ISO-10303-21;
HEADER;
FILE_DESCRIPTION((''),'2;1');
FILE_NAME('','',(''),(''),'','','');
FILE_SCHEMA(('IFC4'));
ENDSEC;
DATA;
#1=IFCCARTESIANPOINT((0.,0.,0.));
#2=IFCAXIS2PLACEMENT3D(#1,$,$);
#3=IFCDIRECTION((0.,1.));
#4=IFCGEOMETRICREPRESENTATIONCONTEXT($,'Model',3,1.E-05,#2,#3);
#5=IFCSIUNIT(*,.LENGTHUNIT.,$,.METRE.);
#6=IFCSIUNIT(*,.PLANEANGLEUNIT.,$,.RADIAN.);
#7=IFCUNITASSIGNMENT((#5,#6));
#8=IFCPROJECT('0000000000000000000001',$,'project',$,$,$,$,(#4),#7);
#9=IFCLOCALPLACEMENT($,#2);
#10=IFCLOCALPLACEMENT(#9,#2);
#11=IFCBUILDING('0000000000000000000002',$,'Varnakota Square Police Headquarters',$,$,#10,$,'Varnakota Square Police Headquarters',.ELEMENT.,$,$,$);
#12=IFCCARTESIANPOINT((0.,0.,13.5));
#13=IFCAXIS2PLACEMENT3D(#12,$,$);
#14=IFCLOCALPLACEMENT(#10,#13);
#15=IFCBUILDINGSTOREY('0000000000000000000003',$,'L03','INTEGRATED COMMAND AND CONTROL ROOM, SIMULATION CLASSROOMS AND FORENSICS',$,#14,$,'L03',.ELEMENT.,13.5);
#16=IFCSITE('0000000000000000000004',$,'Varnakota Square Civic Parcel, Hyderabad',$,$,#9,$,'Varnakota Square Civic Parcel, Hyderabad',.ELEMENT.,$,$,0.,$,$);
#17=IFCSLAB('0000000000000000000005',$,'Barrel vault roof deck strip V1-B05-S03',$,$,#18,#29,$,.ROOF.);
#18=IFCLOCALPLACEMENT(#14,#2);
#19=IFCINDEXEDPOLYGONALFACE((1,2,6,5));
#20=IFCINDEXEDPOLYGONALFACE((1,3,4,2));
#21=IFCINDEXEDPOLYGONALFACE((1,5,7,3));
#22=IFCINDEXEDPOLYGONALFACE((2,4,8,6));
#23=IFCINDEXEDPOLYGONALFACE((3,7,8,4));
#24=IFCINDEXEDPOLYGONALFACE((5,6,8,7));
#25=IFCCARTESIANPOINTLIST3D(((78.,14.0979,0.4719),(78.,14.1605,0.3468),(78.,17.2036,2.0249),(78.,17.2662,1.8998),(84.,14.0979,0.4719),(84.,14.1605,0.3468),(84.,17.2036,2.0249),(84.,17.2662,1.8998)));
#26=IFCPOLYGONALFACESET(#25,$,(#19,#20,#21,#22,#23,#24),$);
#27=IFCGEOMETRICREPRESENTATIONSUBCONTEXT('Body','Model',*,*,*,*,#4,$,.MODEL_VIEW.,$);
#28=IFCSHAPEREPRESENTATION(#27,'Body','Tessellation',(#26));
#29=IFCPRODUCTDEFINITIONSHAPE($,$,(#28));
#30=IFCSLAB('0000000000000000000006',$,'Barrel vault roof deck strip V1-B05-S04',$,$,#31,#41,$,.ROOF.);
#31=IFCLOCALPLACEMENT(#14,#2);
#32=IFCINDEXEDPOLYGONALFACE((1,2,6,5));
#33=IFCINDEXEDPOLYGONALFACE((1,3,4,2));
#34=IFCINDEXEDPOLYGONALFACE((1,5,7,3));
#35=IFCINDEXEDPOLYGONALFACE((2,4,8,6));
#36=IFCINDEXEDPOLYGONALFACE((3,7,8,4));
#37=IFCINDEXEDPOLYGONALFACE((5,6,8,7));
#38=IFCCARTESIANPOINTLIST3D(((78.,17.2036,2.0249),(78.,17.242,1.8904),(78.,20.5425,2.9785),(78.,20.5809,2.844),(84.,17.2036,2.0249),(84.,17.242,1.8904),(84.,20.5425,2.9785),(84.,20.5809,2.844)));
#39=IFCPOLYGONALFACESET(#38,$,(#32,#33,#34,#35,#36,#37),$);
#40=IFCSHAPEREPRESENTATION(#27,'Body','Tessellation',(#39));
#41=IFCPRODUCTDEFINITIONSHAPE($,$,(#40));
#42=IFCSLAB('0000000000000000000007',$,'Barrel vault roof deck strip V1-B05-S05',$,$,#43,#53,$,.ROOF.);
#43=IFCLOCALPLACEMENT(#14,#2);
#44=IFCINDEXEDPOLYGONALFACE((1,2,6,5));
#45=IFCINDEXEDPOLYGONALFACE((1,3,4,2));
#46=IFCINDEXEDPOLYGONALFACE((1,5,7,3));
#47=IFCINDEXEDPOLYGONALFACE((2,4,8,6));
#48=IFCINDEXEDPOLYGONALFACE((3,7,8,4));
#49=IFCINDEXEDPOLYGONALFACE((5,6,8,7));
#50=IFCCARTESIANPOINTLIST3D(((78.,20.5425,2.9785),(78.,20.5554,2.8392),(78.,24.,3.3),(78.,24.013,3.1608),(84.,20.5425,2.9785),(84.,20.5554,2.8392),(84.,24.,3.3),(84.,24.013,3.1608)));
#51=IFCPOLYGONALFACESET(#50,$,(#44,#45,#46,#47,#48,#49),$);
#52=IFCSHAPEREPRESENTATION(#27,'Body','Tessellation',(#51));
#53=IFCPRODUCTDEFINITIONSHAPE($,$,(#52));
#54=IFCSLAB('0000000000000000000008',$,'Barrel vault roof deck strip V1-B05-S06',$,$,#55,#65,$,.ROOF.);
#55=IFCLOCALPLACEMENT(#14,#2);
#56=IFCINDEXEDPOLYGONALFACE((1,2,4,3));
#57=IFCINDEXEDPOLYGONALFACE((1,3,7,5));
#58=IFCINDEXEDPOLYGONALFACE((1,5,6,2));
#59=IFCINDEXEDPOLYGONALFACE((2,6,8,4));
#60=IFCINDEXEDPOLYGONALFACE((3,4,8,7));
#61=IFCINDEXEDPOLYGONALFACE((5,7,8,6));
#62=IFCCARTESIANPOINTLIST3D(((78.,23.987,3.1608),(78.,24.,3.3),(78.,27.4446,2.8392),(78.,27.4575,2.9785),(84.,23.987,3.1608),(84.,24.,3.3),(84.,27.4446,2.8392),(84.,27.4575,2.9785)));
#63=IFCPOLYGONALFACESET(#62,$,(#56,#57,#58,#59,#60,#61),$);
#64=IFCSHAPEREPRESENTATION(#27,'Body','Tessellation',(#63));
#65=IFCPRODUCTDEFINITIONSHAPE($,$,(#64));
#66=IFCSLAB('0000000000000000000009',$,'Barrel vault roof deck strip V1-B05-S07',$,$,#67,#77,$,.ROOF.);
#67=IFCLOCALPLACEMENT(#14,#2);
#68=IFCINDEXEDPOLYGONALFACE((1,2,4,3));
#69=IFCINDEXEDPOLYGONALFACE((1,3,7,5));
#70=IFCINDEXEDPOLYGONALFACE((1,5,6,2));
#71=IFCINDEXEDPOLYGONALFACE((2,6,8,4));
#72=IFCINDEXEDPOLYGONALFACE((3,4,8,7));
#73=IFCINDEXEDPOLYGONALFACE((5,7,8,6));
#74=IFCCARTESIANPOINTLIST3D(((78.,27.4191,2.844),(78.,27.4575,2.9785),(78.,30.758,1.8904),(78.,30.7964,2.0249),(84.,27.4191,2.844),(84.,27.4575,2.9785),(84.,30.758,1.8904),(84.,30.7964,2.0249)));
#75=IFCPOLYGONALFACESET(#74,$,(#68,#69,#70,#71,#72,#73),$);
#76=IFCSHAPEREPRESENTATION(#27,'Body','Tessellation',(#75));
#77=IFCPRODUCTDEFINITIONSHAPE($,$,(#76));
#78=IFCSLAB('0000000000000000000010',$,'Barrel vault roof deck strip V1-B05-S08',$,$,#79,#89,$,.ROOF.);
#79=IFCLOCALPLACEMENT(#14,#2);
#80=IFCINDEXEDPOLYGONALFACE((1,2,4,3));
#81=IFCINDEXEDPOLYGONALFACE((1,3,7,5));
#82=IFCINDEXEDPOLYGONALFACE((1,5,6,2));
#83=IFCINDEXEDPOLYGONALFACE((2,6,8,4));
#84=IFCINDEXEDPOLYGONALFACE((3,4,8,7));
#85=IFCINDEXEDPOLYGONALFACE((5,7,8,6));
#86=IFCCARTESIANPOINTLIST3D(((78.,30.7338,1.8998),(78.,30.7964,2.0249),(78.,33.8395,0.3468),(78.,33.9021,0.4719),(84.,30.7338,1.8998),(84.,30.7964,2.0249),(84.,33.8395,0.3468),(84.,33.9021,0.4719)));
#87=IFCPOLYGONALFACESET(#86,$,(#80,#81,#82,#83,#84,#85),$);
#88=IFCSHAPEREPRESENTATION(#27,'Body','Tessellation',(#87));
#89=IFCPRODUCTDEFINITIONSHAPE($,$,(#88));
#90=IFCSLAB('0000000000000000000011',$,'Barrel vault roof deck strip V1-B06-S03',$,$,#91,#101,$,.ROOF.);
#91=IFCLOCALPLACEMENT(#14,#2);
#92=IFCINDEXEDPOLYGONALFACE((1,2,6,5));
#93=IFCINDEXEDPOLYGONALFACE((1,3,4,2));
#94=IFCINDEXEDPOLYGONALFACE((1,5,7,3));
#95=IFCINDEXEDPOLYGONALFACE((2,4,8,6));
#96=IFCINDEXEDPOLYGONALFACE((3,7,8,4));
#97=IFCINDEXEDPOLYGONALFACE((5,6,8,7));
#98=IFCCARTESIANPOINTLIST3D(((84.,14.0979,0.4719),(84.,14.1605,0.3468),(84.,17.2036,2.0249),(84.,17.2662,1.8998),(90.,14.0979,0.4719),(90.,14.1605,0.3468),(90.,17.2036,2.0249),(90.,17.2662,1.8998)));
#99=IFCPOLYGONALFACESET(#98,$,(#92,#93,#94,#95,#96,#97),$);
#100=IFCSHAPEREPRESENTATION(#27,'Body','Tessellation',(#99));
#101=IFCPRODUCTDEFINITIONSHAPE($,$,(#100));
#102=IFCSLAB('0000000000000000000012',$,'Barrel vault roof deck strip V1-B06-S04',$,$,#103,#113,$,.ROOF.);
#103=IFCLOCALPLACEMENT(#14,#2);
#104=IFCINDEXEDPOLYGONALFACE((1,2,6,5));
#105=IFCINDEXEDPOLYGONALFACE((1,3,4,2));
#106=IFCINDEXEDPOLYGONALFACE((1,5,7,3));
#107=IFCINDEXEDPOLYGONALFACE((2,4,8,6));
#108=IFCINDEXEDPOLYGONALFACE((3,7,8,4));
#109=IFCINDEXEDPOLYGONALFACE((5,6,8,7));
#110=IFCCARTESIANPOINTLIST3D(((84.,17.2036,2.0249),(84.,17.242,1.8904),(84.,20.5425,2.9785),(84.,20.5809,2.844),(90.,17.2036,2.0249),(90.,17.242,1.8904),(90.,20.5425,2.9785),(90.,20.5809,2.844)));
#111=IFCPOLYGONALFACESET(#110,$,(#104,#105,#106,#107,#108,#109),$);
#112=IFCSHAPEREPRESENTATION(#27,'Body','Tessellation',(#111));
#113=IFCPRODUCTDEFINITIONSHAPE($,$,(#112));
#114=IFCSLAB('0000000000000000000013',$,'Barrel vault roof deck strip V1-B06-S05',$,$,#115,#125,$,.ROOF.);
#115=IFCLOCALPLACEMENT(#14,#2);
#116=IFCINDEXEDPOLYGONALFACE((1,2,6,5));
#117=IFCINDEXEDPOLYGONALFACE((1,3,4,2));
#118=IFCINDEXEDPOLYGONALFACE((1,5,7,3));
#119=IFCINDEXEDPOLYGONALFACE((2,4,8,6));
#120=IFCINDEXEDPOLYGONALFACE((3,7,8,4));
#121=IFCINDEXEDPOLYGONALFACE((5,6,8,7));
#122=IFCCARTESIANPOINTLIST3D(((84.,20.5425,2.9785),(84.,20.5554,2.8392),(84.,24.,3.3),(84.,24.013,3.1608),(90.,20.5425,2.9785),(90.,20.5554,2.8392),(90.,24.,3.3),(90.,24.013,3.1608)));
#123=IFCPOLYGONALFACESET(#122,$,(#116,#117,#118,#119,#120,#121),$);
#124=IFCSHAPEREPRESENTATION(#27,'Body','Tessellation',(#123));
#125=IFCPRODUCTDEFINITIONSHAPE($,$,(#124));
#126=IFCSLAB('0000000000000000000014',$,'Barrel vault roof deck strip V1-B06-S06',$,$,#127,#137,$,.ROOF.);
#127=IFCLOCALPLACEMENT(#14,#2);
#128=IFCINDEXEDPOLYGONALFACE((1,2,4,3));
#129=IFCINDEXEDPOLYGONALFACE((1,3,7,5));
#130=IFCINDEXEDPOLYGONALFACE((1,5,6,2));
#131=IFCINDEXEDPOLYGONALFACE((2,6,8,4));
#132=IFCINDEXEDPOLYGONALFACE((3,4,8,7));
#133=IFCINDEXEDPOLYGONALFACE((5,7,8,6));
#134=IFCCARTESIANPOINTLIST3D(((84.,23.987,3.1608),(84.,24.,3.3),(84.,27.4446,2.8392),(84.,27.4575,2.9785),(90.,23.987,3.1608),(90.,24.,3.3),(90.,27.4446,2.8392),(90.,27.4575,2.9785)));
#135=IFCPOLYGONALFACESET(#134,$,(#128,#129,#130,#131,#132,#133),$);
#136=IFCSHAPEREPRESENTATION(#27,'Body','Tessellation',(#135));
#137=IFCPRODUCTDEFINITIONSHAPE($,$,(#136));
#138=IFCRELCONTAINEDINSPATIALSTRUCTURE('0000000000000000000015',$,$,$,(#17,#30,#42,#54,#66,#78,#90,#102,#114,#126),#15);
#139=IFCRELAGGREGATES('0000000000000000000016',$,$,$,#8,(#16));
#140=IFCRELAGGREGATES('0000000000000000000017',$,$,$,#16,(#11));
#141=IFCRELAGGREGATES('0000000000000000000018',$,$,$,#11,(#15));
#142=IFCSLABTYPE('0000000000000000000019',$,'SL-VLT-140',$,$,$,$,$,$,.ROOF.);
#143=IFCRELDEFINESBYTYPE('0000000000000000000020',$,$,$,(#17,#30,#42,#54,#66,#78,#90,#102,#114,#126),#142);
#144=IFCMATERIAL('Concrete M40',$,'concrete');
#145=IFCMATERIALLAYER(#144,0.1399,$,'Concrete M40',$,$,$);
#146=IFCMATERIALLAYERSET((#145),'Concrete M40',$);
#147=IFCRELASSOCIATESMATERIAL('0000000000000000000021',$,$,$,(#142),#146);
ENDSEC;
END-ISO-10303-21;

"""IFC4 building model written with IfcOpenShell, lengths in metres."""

from ifc_helpers import new_model, si_unit, direction, frame, origin, place, context, subcontext, project, spatial, polyline, outline, extrude, material, layer, layer_set, type_object, element, save


model = new_model("IFC4")

# Units and contexts
model_context = context("Model", 3, precision=1e-05, world=origin(), true_north=direction((0.0, 1.0)))
body_context = subcontext(model_context, "Body", "Model", "MODEL_VIEW")
ifc_project = project(units=[si_unit("LENGTHUNIT", "METRE"), si_unit("PLANEANGLEUNIT", "RADIAN")], contexts=[model_context])

# Site, building, storey
site_placement = place(None, origin())
site = spatial("IfcSite", under=ifc_project, at=site_placement, Name="Varnakota Square Civic Parcel, Hyderabad", LongName="Varnakota Square Civic Parcel, Hyderabad", CompositionType="ELEMENT", RefElevation=0.0)
building_placement = place(site_placement, origin())
building = spatial("IfcBuilding", under=site, at=building_placement, Name="Varnakota Square Police Headquarters", LongName="Varnakota Square Police Headquarters", CompositionType="ELEMENT")
storey_placement = place(building_placement, frame((0.0, 0.0, 13.5)))
storey = spatial("IfcBuildingStorey", under=building, at=storey_placement, Name="L03", Description="INTEGRATED COMMAND AND CONTROL ROOM, SIMULATION CLASSROOMS AND FORENSICS", LongName="L03", CompositionType="ELEMENT", Elevation=13.5)

# Slabs
ifc_material_1 = material(Name="Concrete M40", Category="concrete")
ifc_layer = layer(ifc_material_1, 0.1399, Name="Concrete M40")
ifc_layer_set = layer_set([ifc_layer], Name="Concrete M40")
slab_type = type_object("IfcSlabType", Name="SL-VLT-140", PredefinedType="ROOF", material=ifc_layer_set)
slab_1_placement = place(storey_placement, frame((78.0, 14.0979, 0.4719), z_axis=(0.0, -0.447242, 0.894413), x_axis=(1.0, 0.0, 0.0)))
element("IfcSlab", 1, at=slab_1_placement, inside=storey, type_object=slab_type, Name="Barrel vault roof deck strip V1-B05-S03", PredefinedType="ROOF", context=body_context, shape_type="SweptSolid", body=[
    extrude(outline(polyline([(0.0, 0.0), (6.0, 0.0), (6.0, 3.4723), (0.0, 3.4723), (0.0, 0.0)])), origin(), (0.0, 0.0, -1.0), 0.1399),
])
slab_2_placement = place(storey_placement, frame((78.0, 17.2036, 2.0249), z_axis=(0.0, -0.274628, 0.96155), x_axis=(1.0, 0.0, 0.0)))
element("IfcSlab", 2, at=slab_2_placement, inside=storey, type_object=slab_type, Name="Barrel vault roof deck strip V1-B05-S04", PredefinedType="ROOF", context=body_context, shape_type="SweptSolid", body=[
    extrude(outline(polyline([(0.0, 0.0), (6.0, 0.0), (6.0, 3.4724), (0.0, 3.4724), (0.0, 0.0)])), origin(), (0.0, 0.0, -1.0), 0.1399),
])
for number, where, z_axis, x_axis, name in (
    (3, (78.0, 20.5425, 2.9785), (0.0, -0.092596, 0.995704), (1.0, 0.0, 0.0), "Barrel vault roof deck strip V1-B05-S05"),
    (4, (78.0, 24.0, 3.3), (0.0, 0.092596, 0.995704), (1.0, 0.0, 0.0), "Barrel vault roof deck strip V1-B05-S06"),
):
    element("IfcSlab", number, at=place(storey_placement, frame(where, z_axis=z_axis, x_axis=x_axis)), inside=storey, type_object=slab_type, Name=name, PredefinedType="ROOF", context=body_context, shape_type="SweptSolid", body=[
        extrude(outline(polyline([(0.0, 0.0), (6.0, 0.0), (6.0, 3.4724), (0.0, 3.4724), (0.0, 0.0)])), origin(), (0.0, 0.0, -1.0), 0.1399),
    ])
slab_3_placement = place(storey_placement, frame((78.0, 27.4575, 2.9785), z_axis=(0.0, 0.274628, 0.96155), x_axis=(1.0, 0.0, 0.0)))
element("IfcSlab", 5, at=slab_3_placement, inside=storey, type_object=slab_type, Name="Barrel vault roof deck strip V1-B05-S07", PredefinedType="ROOF", context=body_context, shape_type="SweptSolid", body=[
    extrude(outline(polyline([(0.0, 0.0), (6.0, 0.0), (6.0, 3.4724), (0.0, 3.4724), (0.0, 0.0)])), origin(), (0.0, 0.0, -1.0), 0.1399),
])
for number, where, z_axis, x_axis, name in (
    (6, (78.0, 30.7964, 2.0249), (0.0, 0.447242, 0.894413), (1.0, 0.0, 0.0), "Barrel vault roof deck strip V1-B05-S08"),
    (7, (84.0, 14.0979, 0.4719), (0.0, -0.447242, 0.894413), (1.0, 0.0, 0.0), "Barrel vault roof deck strip V1-B06-S03"),
):
    element("IfcSlab", number, at=place(storey_placement, frame(where, z_axis=z_axis, x_axis=x_axis)), inside=storey, type_object=slab_type, Name=name, PredefinedType="ROOF", context=body_context, shape_type="SweptSolid", body=[
        extrude(outline(polyline([(0.0, 0.0), (6.0, 0.0), (6.0, 3.4723), (0.0, 3.4723), (0.0, 0.0)])), origin(), (0.0, 0.0, -1.0), 0.1399),
    ])
slab_4_placement = place(storey_placement, frame((84.0, 17.2036, 2.0249), z_axis=(0.0, -0.274628, 0.96155), x_axis=(1.0, 0.0, 0.0)))
element("IfcSlab", 8, at=slab_4_placement, inside=storey, type_object=slab_type, Name="Barrel vault roof deck strip V1-B06-S04", PredefinedType="ROOF", context=body_context, shape_type="SweptSolid", body=[
    extrude(outline(polyline([(0.0, 0.0), (6.0, 0.0), (6.0, 3.4724), (0.0, 3.4724), (0.0, 0.0)])), origin(), (0.0, 0.0, -1.0), 0.1399),
])
for number, where, z_axis, x_axis, name in (
    (9, (84.0, 20.5425, 2.9785), (0.0, -0.092596, 0.995704), (1.0, 0.0, 0.0), "Barrel vault roof deck strip V1-B06-S05"),
    (10, (84.0, 24.0, 3.3), (0.0, 0.092596, 0.995704), (1.0, 0.0, 0.0), "Barrel vault roof deck strip V1-B06-S06"),
):
    element("IfcSlab", number, at=place(storey_placement, frame(where, z_axis=z_axis, x_axis=x_axis)), inside=storey, type_object=slab_type, Name=name, PredefinedType="ROOF", context=body_context, shape_type="SweptSolid", body=[
        extrude(outline(polyline([(0.0, 0.0), (6.0, 0.0), (6.0, 3.4724), (0.0, 3.4724), (0.0, 0.0)])), origin(), (0.0, 0.0, -1.0), 0.1399),
    ])

save(model, "model.ifc")
